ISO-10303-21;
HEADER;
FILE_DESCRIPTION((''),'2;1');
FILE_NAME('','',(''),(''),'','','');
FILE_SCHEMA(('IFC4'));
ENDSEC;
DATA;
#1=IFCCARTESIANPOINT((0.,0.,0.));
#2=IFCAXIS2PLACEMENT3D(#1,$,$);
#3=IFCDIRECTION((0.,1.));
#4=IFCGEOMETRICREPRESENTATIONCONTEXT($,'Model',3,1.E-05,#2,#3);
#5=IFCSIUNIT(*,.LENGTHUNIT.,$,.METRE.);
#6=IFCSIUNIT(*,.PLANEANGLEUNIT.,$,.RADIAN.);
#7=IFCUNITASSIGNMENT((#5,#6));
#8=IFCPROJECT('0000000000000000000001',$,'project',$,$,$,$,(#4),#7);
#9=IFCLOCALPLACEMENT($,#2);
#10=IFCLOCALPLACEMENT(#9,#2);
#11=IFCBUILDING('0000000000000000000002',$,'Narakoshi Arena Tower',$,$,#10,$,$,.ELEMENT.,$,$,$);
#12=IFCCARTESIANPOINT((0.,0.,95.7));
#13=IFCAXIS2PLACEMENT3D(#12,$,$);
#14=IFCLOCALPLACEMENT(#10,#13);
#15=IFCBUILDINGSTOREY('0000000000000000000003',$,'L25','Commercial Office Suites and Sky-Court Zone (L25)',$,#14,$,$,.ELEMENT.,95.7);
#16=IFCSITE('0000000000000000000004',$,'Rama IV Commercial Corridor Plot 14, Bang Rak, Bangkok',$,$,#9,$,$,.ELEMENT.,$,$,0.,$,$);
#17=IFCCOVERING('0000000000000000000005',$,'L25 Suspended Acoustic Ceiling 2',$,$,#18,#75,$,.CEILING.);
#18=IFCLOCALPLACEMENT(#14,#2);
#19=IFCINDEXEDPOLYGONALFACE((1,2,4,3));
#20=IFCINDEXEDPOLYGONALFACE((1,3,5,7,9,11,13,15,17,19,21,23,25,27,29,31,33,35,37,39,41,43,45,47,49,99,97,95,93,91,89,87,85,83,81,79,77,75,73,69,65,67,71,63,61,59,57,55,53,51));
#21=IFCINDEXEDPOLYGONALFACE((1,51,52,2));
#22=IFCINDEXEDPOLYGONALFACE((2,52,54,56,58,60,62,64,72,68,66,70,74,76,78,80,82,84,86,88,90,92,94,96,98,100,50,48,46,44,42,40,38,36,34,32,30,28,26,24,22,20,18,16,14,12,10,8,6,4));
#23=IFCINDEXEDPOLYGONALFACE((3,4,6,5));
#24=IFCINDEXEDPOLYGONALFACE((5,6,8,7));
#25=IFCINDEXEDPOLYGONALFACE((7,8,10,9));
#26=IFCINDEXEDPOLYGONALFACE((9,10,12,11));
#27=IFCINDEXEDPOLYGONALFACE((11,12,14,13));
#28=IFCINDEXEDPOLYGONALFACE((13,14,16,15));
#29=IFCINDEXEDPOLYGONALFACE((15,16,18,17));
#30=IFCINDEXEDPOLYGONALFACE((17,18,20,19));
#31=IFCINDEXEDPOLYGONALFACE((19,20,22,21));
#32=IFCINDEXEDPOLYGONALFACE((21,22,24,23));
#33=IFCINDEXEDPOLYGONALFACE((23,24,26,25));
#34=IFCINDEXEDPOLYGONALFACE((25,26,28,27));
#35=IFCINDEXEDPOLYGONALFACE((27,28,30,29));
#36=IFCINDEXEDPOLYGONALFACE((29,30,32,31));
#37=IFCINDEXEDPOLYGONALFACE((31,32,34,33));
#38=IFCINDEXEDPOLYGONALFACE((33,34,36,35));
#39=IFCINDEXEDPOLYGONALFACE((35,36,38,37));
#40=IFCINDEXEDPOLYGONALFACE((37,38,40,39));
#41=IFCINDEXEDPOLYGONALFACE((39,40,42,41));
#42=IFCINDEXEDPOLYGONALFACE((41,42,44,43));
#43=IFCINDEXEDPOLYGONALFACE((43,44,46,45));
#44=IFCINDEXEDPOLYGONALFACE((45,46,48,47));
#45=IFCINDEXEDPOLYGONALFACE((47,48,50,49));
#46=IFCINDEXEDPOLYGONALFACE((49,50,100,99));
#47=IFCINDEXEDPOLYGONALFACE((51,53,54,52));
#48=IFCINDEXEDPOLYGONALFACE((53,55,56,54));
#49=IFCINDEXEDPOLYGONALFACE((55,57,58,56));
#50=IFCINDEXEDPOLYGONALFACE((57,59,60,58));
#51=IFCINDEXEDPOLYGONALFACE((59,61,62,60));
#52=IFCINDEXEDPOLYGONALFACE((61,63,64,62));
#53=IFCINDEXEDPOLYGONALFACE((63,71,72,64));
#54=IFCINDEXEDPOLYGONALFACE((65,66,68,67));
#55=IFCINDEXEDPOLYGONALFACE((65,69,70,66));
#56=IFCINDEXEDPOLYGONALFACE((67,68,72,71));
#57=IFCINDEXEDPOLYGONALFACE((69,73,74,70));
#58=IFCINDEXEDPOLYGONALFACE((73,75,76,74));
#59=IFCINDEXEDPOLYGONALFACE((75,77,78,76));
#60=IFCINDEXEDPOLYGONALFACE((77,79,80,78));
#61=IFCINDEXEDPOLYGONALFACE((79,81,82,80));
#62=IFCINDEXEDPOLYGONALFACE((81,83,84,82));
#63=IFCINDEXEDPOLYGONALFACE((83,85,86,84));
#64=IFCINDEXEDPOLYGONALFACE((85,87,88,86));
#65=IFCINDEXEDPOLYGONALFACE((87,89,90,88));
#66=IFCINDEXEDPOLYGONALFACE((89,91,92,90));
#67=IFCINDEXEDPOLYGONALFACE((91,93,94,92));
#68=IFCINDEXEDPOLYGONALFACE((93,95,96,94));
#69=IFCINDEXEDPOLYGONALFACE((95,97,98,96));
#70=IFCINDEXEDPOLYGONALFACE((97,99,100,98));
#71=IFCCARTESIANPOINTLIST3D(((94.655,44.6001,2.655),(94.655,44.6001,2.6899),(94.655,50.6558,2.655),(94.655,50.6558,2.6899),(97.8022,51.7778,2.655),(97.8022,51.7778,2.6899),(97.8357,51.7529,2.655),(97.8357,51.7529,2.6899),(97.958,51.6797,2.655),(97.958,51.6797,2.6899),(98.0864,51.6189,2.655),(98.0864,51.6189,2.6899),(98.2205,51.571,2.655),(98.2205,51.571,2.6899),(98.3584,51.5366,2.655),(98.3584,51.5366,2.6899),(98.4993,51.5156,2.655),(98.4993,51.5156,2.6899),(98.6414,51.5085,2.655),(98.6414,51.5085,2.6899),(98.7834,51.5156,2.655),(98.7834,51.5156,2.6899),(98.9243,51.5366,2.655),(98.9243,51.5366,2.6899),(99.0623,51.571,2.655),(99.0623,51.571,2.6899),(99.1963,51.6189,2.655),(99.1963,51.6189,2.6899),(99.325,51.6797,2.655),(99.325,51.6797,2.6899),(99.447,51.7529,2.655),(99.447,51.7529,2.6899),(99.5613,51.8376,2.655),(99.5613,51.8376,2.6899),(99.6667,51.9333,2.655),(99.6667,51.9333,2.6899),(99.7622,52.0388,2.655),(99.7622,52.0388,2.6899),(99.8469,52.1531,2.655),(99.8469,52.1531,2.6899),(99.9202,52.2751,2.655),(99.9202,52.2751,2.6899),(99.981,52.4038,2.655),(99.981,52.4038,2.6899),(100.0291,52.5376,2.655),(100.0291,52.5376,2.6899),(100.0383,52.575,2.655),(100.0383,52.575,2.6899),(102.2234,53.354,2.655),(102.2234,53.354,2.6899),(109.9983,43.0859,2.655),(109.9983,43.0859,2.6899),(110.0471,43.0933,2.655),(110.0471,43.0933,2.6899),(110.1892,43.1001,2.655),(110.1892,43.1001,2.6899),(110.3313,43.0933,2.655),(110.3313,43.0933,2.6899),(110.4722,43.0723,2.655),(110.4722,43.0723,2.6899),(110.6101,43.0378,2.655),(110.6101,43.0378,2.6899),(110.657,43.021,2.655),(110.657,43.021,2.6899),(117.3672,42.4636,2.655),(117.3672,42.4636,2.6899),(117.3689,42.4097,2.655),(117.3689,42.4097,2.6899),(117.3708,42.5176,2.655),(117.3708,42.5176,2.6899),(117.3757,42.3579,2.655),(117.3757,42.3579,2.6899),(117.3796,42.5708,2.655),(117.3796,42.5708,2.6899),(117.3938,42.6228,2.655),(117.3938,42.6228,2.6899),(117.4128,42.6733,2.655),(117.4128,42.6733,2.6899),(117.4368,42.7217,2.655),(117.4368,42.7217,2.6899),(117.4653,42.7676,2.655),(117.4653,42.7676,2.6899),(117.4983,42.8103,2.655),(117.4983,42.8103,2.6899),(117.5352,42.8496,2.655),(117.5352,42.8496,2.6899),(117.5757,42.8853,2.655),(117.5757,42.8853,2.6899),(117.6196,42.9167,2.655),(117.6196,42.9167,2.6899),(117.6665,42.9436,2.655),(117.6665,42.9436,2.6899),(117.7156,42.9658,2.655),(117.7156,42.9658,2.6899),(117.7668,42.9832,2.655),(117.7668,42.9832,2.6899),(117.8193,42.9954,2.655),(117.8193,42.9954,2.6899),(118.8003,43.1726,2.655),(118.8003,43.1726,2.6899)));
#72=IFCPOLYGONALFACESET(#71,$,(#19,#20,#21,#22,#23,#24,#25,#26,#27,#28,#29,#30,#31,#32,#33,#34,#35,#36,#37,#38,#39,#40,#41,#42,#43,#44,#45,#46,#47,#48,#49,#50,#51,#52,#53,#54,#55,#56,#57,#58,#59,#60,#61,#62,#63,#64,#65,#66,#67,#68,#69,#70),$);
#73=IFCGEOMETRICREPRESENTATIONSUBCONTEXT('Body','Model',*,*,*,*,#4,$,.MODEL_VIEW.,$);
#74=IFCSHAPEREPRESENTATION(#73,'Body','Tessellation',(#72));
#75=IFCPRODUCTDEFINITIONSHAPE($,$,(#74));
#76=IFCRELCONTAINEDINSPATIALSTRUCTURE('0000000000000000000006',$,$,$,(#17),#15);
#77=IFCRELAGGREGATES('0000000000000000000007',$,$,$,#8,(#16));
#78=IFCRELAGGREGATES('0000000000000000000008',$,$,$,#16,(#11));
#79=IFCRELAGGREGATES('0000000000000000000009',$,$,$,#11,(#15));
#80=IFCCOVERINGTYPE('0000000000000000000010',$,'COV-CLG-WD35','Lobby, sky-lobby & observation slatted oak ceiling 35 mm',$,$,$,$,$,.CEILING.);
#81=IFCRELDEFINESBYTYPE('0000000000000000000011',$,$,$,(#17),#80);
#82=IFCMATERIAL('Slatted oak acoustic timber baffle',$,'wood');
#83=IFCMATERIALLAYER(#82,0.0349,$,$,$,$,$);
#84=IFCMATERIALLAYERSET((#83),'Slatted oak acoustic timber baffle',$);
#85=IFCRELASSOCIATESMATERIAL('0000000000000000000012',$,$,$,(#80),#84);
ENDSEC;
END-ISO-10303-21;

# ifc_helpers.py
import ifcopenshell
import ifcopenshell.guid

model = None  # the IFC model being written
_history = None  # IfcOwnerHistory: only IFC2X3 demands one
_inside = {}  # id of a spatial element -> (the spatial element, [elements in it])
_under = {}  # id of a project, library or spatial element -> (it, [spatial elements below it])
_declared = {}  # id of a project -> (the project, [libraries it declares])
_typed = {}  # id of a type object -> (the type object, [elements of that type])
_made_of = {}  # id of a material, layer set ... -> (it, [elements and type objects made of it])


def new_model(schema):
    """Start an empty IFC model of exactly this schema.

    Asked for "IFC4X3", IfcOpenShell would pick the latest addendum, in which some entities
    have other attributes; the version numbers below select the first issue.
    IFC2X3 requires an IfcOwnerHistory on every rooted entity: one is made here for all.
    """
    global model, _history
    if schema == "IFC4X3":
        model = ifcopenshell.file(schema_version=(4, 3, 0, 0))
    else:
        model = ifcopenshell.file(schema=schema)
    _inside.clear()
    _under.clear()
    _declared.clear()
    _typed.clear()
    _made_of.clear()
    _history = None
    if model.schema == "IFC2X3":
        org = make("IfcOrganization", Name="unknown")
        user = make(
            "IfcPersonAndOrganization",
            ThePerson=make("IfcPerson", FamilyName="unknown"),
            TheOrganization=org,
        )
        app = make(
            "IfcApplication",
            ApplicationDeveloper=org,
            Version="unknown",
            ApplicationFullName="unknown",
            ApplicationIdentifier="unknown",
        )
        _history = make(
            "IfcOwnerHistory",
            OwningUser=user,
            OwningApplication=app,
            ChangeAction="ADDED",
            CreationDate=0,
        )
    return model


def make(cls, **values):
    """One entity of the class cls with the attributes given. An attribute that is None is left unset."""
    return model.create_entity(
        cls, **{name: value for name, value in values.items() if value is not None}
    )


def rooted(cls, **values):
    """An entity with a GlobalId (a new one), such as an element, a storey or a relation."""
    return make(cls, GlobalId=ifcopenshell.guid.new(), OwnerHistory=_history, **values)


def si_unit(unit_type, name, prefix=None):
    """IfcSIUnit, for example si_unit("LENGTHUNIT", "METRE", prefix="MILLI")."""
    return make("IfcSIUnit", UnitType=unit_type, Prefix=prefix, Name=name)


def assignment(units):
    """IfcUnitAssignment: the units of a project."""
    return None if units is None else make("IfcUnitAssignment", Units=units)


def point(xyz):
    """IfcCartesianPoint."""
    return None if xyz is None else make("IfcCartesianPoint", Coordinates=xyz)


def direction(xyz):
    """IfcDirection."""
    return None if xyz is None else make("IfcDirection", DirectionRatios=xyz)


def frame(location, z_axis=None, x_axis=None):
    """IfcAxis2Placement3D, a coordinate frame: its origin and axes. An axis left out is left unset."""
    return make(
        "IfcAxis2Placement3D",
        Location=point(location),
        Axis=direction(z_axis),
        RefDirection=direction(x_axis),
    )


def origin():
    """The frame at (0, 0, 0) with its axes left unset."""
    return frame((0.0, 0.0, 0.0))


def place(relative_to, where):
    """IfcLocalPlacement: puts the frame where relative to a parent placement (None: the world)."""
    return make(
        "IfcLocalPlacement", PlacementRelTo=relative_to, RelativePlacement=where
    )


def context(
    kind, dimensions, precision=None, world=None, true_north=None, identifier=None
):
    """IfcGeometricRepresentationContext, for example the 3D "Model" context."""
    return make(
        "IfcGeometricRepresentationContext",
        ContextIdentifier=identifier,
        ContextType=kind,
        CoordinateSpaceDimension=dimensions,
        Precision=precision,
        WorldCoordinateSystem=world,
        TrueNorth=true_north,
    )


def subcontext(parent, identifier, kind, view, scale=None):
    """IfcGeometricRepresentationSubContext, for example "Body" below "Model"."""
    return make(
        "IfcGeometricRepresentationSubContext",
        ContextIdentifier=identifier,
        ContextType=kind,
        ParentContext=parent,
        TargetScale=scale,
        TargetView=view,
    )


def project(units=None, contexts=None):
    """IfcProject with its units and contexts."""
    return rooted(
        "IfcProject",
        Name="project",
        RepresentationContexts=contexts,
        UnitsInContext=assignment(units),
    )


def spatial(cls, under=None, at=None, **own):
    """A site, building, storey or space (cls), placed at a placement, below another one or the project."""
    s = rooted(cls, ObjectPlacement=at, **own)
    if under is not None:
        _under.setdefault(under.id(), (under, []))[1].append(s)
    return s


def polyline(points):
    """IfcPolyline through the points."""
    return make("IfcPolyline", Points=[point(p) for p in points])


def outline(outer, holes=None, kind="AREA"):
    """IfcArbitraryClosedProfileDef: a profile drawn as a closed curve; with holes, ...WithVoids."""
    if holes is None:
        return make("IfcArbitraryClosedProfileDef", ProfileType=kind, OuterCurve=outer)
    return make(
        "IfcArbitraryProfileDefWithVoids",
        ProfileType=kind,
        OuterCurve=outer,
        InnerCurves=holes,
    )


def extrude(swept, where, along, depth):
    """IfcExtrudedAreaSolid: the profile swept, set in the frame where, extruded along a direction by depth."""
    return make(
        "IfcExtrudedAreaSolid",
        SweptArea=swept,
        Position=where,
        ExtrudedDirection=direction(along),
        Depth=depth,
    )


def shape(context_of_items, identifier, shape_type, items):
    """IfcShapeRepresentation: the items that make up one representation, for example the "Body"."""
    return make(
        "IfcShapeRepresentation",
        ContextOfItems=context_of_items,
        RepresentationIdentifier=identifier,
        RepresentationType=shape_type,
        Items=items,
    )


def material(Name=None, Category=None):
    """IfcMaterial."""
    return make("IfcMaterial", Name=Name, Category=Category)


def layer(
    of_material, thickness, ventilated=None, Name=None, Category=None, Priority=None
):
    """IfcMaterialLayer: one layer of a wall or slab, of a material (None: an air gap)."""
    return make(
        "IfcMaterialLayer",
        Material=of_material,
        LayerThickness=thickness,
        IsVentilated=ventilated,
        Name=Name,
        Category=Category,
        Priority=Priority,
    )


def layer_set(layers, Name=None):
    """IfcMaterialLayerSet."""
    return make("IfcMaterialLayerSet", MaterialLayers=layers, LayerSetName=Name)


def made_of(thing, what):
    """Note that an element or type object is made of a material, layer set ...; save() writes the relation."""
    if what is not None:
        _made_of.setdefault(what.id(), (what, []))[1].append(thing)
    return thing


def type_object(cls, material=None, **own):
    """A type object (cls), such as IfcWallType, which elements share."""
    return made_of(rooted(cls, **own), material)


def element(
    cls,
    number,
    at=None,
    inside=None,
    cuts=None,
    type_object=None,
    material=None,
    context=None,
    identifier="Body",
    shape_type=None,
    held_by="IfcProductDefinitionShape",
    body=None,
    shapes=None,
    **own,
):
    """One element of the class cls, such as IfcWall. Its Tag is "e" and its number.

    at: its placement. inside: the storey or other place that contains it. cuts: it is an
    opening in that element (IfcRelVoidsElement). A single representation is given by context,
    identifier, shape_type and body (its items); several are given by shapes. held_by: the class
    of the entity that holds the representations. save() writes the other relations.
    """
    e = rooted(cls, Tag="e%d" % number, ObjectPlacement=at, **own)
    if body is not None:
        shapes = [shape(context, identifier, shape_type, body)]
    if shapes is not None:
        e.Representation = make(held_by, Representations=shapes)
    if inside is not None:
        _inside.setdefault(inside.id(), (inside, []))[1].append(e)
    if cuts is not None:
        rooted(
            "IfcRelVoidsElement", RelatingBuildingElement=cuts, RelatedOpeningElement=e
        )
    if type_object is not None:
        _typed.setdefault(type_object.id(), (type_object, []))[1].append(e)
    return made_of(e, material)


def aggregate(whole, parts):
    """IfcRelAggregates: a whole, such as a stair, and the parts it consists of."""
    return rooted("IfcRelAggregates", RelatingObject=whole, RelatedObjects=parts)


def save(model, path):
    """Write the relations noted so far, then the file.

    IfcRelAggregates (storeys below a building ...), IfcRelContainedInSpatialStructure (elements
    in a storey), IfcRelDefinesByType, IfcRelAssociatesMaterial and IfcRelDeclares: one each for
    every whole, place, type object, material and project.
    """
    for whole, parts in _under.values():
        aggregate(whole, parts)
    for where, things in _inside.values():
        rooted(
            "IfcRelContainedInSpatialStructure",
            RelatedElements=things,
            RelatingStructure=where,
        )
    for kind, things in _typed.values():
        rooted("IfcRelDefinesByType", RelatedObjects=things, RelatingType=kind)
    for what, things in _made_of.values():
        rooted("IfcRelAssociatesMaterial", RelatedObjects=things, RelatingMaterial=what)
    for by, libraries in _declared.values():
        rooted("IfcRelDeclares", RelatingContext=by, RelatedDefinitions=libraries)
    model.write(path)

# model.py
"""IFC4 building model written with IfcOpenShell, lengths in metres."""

from ifc_helpers import new_model, si_unit, direction, frame, origin, place, context, subcontext, project, spatial, polyline, outline, extrude, material, layer, layer_set, type_object, element, save


model = new_model("IFC4")

# Units and contexts
model_context = context("Model", 3, precision=1e-05, world=origin(), true_north=direction((0.0, 1.0)))
body_context = subcontext(model_context, "Body", "Model", "MODEL_VIEW")
ifc_project = project(units=[si_unit("LENGTHUNIT", "METRE"), si_unit("PLANEANGLEUNIT", "RADIAN")], contexts=[model_context])

# Site, building, storey
site_placement = place(None, origin())
site = spatial("IfcSite", under=ifc_project, at=site_placement, Name="Rama IV Commercial Corridor Plot 14, Bang Rak, Bangkok", CompositionType="ELEMENT", RefElevation=0.0)
building_placement = place(site_placement, origin())
building = spatial("IfcBuilding", under=site, at=building_placement, Name="Narakoshi Arena Tower", CompositionType="ELEMENT")
storey_placement = place(building_placement, frame((0.0, 0.0, 95.7)))
storey = spatial("IfcBuildingStorey", under=building, at=storey_placement, Name="L25", Description="Commercial Office Suites and Sky-Court Zone (L25)", CompositionType="ELEMENT", Elevation=95.7)

# Covering
ifc_material_1 = material(Name="Slatted oak acoustic timber baffle", Category="wood")
ifc_layer_1 = layer(ifc_material_1, 0.0349)
ifc_layer_set_1 = layer_set([ifc_layer_1], Name="Slatted oak acoustic timber baffle")
covering_type_1 = type_object("IfcCoveringType", Name="COV-CLG-WD35", Description="Lobby, sky-lobby & observation slatted oak ceiling 35 mm", PredefinedType="CEILING", material=ifc_layer_set_1)
covering_1_placement = place(storey_placement, frame((0.0, 0.0, 2.655)))
element("IfcCovering", 1, at=covering_1_placement, inside=storey, type_object=covering_type_1, Name="L25 Suspended Acoustic Ceiling 2", PredefinedType="CEILING", context=body_context, shape_type="SweptSolid", body=[
    extrude(outline(polyline([(110.657, 43.021), (110.6101, 43.0378), (110.4722, 43.0723), (110.3313, 43.0933), (110.1892, 43.1001), (110.0471, 43.0933), (109.9983, 43.0859), (94.655, 44.6001), (94.655, 50.6558), (97.8022, 51.7778), (97.8357, 51.7529), (97.958, 51.6797), (98.0864, 51.6189), (98.2205, 51.571), (98.3584, 51.5366), (98.4993, 51.5156), (98.6414, 51.5085), (98.7834, 51.5156), (98.9243, 51.5366), (99.0623, 51.571), (99.1963, 51.6189), (99.325, 51.6797), (99.447, 51.7529), (99.5613, 51.8376), (99.6667, 51.9333), (99.7622, 52.0388), (99.8469, 52.1531), (99.9202, 52.2751), (99.981, 52.4038), (100.0291, 52.5376), (100.0383, 52.575), (102.2234, 53.354), (118.8003, 43.1726), (117.8193, 42.9954), (117.7668, 42.9832), (117.7156, 42.9658), (117.6665, 42.9436), (117.6196, 42.9167), (117.5757, 42.8853), (117.5352, 42.8496), (117.4983, 42.8103), (117.4653, 42.7676), (117.4368, 42.7217), (117.4128, 42.6733), (117.3938, 42.6228), (117.3796, 42.5708), (117.3708, 42.5176), (117.3672, 42.4636), (117.3689, 42.4097), (117.3757, 42.3579), (110.657, 43.021)])), origin(), (0.0, 0.0, 1.0), 0.0349),
])

save(model, "model.ifc")
